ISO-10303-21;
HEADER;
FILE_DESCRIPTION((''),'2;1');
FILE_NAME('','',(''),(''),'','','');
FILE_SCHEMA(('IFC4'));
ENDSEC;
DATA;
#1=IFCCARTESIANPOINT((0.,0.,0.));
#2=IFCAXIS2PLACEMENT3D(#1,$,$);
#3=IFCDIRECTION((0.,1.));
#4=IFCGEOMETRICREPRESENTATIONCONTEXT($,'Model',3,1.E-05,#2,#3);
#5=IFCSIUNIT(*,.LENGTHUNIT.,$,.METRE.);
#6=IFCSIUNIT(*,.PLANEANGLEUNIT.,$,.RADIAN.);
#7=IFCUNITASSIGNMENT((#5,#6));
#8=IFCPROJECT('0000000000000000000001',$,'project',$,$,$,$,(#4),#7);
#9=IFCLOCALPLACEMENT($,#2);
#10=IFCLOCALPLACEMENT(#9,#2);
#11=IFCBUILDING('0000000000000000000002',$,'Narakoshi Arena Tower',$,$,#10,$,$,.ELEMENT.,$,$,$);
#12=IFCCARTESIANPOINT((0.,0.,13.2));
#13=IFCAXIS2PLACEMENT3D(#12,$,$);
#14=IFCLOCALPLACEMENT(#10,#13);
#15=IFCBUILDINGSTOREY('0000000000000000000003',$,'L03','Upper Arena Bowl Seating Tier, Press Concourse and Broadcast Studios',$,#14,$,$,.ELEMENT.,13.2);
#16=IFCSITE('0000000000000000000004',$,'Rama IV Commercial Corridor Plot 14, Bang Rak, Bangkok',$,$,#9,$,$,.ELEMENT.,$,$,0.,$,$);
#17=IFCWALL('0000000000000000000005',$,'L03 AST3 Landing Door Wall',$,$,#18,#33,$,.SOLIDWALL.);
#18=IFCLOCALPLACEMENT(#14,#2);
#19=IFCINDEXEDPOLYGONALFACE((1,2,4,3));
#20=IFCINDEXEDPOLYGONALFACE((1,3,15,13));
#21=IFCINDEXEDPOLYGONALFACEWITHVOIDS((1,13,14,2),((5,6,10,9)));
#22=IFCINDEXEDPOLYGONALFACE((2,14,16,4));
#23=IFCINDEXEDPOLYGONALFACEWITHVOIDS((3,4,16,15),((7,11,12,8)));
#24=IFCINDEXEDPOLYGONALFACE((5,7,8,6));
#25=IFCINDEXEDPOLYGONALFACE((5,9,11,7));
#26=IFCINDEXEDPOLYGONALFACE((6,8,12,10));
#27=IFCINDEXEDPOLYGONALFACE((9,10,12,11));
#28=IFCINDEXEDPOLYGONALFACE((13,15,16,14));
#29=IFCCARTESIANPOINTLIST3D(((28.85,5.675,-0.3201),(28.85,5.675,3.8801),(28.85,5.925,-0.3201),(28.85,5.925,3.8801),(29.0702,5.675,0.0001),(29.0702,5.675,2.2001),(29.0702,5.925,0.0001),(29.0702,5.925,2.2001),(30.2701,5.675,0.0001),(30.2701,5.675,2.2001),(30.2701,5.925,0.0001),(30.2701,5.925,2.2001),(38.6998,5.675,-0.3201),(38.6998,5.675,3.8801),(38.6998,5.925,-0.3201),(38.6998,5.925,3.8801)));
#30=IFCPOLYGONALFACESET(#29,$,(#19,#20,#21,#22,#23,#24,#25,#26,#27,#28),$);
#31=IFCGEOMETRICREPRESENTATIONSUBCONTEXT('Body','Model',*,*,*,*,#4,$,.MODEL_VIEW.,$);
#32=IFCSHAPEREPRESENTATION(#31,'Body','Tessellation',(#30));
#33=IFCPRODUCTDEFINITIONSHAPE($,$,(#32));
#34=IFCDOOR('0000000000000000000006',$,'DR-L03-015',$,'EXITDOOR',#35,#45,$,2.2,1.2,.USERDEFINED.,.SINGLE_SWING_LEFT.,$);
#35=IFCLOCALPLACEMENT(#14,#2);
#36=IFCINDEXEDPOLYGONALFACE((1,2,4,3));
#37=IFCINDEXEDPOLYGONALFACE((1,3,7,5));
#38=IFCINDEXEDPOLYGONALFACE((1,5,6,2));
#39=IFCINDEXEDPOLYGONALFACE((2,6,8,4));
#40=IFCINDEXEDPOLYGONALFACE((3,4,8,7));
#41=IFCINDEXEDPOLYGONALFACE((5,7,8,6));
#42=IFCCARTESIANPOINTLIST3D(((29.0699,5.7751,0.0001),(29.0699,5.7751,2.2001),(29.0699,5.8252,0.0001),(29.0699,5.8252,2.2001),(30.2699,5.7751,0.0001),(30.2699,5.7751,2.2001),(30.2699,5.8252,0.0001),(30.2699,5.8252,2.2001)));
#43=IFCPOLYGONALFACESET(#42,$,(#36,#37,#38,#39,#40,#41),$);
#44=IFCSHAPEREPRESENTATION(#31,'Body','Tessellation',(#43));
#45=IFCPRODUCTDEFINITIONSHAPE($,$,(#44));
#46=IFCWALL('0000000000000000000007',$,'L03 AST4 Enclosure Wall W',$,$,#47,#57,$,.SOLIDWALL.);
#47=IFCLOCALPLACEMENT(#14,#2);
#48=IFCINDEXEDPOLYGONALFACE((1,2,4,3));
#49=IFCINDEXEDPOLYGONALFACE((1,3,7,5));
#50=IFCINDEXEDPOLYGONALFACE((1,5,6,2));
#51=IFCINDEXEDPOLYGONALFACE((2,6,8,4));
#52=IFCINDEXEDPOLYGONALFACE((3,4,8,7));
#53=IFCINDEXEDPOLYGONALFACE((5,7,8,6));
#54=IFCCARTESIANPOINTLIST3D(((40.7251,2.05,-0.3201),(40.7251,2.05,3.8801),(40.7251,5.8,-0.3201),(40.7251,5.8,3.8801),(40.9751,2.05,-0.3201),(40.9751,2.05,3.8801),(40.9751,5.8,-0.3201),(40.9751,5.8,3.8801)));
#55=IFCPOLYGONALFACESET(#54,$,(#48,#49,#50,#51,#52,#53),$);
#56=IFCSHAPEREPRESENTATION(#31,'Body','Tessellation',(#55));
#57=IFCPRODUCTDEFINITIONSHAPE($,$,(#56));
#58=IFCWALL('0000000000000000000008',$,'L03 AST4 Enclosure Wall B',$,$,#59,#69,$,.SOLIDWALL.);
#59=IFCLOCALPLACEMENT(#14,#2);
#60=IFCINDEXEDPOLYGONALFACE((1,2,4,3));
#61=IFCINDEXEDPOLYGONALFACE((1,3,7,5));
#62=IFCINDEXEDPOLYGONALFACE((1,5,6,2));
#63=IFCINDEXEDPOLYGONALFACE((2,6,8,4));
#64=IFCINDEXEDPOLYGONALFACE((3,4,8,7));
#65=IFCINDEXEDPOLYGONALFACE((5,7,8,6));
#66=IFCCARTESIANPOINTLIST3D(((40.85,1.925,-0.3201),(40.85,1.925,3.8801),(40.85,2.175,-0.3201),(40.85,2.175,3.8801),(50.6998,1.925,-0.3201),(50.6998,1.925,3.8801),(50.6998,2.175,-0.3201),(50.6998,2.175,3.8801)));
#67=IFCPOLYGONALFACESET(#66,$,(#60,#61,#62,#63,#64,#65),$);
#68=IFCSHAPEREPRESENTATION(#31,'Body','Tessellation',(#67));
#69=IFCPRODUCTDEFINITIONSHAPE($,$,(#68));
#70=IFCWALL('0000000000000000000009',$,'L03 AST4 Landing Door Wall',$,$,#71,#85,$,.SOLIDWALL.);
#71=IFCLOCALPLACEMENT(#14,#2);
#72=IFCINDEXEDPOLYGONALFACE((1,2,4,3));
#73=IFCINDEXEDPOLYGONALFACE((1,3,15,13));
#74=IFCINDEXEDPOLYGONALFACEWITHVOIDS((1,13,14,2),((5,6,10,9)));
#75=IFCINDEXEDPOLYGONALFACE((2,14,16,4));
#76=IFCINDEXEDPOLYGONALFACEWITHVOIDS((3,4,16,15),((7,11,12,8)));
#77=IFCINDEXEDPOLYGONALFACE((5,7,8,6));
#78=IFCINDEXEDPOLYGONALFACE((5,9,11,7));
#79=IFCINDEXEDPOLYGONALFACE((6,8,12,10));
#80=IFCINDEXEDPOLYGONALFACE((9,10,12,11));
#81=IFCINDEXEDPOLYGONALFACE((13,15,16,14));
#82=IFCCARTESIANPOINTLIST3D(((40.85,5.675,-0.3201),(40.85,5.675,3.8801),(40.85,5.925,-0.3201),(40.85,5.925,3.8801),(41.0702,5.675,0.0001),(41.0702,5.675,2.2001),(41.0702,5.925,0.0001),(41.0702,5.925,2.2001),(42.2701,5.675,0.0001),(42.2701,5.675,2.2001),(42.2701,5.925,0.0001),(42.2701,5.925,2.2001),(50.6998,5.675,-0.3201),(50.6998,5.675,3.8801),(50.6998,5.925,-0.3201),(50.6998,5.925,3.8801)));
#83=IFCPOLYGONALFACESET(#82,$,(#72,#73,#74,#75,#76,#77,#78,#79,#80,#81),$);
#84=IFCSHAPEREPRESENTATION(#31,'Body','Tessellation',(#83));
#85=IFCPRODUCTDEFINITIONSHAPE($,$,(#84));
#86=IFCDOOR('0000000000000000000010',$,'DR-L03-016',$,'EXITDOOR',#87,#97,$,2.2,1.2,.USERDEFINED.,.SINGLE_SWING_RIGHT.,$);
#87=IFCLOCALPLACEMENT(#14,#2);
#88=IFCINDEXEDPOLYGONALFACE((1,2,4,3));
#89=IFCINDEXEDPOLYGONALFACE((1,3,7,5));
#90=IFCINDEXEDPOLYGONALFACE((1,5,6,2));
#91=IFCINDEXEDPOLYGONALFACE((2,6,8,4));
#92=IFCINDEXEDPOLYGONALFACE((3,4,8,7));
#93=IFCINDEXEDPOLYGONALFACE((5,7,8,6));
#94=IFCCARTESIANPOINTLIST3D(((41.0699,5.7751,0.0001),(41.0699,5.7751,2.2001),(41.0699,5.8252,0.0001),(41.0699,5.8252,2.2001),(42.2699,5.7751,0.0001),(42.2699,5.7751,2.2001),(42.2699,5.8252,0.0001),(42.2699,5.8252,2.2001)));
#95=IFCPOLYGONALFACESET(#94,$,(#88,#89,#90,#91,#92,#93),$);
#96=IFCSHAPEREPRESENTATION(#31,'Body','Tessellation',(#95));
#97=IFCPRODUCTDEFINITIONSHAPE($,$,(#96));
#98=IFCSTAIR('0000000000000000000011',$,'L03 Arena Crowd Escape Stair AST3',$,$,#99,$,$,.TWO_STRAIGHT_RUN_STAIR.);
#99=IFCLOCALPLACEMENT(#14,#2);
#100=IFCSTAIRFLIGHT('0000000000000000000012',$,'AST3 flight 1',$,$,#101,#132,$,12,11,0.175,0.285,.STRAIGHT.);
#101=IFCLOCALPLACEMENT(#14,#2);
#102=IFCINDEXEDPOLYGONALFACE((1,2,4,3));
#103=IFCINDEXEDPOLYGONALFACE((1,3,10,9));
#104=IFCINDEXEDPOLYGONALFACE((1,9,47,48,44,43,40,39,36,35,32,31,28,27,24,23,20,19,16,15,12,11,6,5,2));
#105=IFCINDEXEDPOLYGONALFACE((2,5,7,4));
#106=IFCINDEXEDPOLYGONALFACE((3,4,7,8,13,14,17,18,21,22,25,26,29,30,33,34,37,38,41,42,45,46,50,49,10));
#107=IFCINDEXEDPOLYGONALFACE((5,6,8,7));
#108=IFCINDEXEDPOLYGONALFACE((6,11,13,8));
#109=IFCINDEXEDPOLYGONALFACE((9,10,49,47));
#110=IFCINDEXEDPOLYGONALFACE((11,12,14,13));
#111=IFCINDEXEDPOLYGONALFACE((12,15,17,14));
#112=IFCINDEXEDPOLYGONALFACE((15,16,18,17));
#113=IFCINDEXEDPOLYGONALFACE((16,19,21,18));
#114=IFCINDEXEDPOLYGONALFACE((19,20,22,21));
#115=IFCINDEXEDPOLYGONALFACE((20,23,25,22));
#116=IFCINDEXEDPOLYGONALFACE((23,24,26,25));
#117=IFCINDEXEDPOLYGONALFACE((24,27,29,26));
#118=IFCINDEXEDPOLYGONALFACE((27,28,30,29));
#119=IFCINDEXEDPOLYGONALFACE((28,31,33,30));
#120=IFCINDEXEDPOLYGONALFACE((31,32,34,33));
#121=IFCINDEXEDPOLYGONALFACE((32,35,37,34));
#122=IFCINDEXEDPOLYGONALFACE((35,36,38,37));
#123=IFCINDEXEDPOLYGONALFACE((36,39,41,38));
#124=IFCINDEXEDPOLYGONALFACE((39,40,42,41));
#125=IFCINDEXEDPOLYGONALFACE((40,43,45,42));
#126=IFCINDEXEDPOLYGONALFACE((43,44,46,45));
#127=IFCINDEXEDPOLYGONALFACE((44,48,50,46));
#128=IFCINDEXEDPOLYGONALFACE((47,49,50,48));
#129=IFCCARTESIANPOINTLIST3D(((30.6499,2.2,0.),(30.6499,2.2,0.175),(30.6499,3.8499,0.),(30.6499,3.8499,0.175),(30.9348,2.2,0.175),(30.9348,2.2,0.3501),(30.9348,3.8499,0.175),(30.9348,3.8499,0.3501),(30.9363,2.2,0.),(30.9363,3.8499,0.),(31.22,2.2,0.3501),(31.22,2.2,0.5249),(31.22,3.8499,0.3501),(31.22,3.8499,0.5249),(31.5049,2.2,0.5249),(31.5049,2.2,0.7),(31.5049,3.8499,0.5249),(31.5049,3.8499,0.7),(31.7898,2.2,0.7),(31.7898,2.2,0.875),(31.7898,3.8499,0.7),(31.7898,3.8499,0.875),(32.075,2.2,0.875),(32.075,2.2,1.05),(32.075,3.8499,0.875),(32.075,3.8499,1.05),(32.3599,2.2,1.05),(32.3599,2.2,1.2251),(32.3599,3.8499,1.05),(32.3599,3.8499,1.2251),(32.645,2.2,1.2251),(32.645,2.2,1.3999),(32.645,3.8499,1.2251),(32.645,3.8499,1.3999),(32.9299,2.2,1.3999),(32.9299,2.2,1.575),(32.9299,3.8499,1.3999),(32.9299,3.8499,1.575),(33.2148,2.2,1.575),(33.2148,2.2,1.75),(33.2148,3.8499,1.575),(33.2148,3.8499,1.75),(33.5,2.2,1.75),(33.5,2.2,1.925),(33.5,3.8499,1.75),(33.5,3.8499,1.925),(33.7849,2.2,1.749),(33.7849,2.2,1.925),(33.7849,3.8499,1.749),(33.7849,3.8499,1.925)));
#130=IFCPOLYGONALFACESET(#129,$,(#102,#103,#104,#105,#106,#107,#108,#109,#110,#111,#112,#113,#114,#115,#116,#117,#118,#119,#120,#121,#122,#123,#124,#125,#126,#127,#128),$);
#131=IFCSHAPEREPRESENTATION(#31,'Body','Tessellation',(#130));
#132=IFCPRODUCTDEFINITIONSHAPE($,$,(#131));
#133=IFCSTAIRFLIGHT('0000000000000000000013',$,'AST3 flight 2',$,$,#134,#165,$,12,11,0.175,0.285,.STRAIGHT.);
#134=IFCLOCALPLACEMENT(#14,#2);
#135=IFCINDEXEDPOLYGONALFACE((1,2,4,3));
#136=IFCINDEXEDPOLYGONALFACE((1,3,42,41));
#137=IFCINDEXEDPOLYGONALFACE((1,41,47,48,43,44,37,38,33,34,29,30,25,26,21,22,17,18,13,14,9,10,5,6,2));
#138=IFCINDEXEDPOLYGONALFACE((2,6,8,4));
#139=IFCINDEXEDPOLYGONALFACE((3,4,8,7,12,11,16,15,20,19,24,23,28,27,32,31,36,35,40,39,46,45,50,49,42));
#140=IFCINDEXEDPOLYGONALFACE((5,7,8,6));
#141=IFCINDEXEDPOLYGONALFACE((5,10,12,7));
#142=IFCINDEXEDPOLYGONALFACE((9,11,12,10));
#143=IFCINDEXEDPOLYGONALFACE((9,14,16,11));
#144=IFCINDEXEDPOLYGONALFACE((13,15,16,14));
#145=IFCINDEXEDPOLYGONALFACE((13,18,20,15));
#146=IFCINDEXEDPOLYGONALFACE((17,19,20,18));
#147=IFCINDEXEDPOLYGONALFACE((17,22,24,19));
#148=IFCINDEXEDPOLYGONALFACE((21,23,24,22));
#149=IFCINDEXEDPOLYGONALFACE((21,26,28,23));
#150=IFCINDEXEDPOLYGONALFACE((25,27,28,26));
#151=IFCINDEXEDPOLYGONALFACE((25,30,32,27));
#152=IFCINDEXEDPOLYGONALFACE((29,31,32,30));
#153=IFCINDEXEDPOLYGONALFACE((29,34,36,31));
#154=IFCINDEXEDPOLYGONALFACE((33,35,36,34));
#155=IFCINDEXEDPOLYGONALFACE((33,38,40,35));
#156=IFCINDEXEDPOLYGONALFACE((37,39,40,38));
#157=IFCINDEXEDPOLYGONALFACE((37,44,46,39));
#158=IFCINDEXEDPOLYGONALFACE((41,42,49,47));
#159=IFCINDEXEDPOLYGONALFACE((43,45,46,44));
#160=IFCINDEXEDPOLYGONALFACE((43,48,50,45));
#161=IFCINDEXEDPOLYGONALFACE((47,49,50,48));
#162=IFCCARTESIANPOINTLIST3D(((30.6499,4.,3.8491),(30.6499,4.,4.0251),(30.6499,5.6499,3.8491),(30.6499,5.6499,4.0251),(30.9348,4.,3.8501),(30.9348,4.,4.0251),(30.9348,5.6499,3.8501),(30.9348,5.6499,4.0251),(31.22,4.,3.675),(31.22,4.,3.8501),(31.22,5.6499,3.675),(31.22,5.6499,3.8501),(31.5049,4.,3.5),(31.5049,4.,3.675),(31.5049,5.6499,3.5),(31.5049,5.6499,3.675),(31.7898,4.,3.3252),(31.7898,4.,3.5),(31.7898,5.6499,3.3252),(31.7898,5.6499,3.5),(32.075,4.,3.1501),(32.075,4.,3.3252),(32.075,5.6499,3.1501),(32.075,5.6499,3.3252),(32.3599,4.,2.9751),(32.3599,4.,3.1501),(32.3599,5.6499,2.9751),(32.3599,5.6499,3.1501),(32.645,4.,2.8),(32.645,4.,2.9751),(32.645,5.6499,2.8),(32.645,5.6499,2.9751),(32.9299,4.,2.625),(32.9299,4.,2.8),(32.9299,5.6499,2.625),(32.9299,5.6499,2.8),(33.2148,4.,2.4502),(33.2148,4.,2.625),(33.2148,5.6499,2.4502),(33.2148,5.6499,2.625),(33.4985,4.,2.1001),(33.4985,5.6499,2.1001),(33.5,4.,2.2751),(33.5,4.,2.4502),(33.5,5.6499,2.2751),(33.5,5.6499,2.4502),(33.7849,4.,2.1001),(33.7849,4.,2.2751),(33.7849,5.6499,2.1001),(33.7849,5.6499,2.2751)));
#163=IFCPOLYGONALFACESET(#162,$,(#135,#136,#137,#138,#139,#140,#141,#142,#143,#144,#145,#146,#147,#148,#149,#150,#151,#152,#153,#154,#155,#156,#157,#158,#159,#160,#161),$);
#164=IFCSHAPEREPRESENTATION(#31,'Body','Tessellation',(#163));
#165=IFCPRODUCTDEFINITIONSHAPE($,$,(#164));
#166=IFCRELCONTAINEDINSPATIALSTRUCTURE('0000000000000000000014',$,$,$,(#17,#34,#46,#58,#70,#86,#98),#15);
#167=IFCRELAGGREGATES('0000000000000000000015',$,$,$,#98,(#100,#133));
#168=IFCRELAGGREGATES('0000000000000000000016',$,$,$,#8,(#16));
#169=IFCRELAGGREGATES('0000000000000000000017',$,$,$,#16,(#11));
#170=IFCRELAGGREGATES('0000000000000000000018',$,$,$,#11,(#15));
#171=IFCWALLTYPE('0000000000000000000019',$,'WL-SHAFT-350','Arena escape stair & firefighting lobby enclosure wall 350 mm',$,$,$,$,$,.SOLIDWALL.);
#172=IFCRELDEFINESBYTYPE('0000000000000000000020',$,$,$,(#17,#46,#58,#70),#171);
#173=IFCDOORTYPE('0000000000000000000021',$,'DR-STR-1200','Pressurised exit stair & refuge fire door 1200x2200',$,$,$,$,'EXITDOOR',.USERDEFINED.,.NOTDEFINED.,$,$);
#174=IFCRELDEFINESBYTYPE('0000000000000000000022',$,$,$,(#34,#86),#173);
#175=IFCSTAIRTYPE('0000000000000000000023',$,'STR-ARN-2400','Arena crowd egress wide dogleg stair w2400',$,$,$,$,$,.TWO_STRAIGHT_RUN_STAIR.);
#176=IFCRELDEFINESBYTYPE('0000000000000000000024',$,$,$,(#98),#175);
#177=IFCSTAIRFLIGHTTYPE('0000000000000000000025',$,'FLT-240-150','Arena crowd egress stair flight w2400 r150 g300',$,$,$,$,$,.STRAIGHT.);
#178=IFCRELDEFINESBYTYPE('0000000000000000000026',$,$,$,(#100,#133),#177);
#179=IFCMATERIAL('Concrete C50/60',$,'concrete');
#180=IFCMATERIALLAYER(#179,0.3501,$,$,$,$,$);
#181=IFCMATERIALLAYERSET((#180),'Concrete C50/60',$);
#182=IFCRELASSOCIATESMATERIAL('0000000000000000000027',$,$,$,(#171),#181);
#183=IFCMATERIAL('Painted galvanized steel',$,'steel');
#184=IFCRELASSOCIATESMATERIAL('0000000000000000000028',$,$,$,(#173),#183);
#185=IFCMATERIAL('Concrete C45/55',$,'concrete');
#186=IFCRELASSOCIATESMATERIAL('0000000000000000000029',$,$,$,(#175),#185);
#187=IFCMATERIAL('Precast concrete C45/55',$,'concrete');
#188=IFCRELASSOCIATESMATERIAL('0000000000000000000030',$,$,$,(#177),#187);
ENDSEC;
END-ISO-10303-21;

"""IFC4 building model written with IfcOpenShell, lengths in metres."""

from ifc_helpers import new_model, si_unit, direction, frame, frame_2d, origin, place, context, subcontext, project, spatial, polyline, rectangle, outline, extrude, material, layer, layer_set, type_object, element, fill, aggregate, save


model = new_model("IFC4")

# Units and contexts
model_context = context("Model", 3, precision=1e-05, world=origin(), true_north=direction((0.0, 1.0)))
body_context = subcontext(model_context, "Body", "Model", "MODEL_VIEW")
ifc_project = project(units=[si_unit("LENGTHUNIT", "METRE"), si_unit("PLANEANGLEUNIT", "RADIAN")], contexts=[model_context])

# Site, building, storey
site_placement = place(None, origin())
site = spatial("IfcSite", under=ifc_project, at=site_placement, Name="Rama IV Commercial Corridor Plot 14, Bang Rak, Bangkok", CompositionType="ELEMENT", RefElevation=0.0)
building_placement = place(site_placement, origin())
building = spatial("IfcBuilding", under=site, at=building_placement, Name="Narakoshi Arena Tower", CompositionType="ELEMENT")
storey_placement = place(building_placement, frame((0.0, 0.0, 13.2)))
storey = spatial("IfcBuildingStorey", under=building, at=storey_placement, Name="L03", Description="Upper Arena Bowl Seating Tier, Press Concourse and Broadcast Studios", CompositionType="ELEMENT", Elevation=13.2)

# Shared definitions
ifc_material_1 = material(Name="Painted galvanized steel", Category="steel")

# Shared definitions
ifc_material_2 = material(Name="Concrete C50/60", Category="concrete")
ifc_layer_1 = layer(ifc_material_2, 0.3501)
ifc_layer_set_1 = layer_set([ifc_layer_1], Name="Concrete C50/60")
wall_type_1 = type_object("IfcWallType", Name="WL-SHAFT-350", Description="Arena escape stair & firefighting lobby enclosure wall 350 mm", PredefinedType="SOLIDWALL", material=ifc_layer_set_1)

# Wall, opening, door
wall_1_placement = place(storey_placement, frame((28.8501, 5.8, -0.3201), z_axis=(0.0, 0.0, 1.0), x_axis=(1.0, 0.0, 0.0)))
wall_1 = element("IfcWall", 1, at=wall_1_placement, inside=storey, type_object=wall_type_1, Name="L03 AST3 Landing Door Wall", PredefinedType="SOLIDWALL", context=body_context, shape_type="SweptSolid", body=[
    extrude(rectangle(XDim=9.8499, YDim=0.25, at=frame_2d((4.9248, 0.0))), origin(), (0.0, 0.0, 1.0), 4.2002),
])
opening_1_placement = place(wall_1_placement, frame((0.22, 0.0, 0.3201)))
opening_1 = element("IfcOpeningElement", 2, at=opening_1_placement, cuts=wall_1, PredefinedType="OPENING", context=body_context, shape_type="SweptSolid", body=[
    extrude(rectangle(XDim=1.2, YDim=2.2, at=frame_2d((0.6001, 1.1001))), frame((0.0, 0.135, 0.0), z_axis=(0.0, -1.0, 0.0), x_axis=(1.0, 0.0, 0.0)), (0.0, 0.0, 1.0), 0.27),
])
door_type_1 = type_object("IfcDoorType", Name="DR-STR-1200", Description="Pressurised exit stair & refuge fire door 1200x2200", ElementType="EXITDOOR", OperationType="NOTDEFINED", PredefinedType="USERDEFINED", material=ifc_material_1)
door_1_placement = place(opening_1_placement, frame((1.2, 0.0, 0.0), z_axis=(0.0, 0.0, 1.0), x_axis=(-1.0, 0.0, 0.0)))
door_1 = element("IfcDoor", 3, at=door_1_placement, inside=storey, type_object=door_type_1, Name="DR-L03-015", ObjectType="EXITDOOR", OperationType="SINGLE_SWING_LEFT", OverallHeight=2.2, OverallWidth=1.2, PredefinedType="USERDEFINED", context=body_context, shape_type="SweptSolid", body=[
    extrude(rectangle(XDim=1.2, YDim=2.2, at=frame_2d((0.6001, 1.1001))), frame((0.0, 0.0249, 0.0), z_axis=(0.0, -1.0, 0.0), x_axis=(1.0, 0.0, 0.0)), (0.0, 0.0, 1.0), 0.05),
])
fill(opening_1, door_1)

# Walls
wall_2_placement = place(storey_placement, frame((40.8501, 2.05, -0.3201), z_axis=(0.0, 0.0, 1.0), x_axis=(0.0, 1.0, 0.0)))
element("IfcWall", 4, at=wall_2_placement, inside=storey, type_object=wall_type_1, Name="L03 AST4 Enclosure Wall W", PredefinedType="SOLIDWALL", context=body_context, shape_type="SweptSolid", body=[
    extrude(rectangle(XDim=3.75, YDim=0.25, at=frame_2d((1.875, 0.0))), origin(), (0.0, 0.0, 1.0), 4.2002),
])
wall_3_placement = place(storey_placement, frame((40.8501, 2.05, -0.3201), z_axis=(0.0, 0.0, 1.0), x_axis=(1.0, 0.0, 0.0)))
element("IfcWall", 5, at=wall_3_placement, inside=storey, type_object=wall_type_1, Name="L03 AST4 Enclosure Wall B", PredefinedType="SOLIDWALL", context=body_context, shape_type="SweptSolid", body=[
    extrude(rectangle(XDim=9.8499, YDim=0.25, at=frame_2d((4.9248, 0.0))), origin(), (0.0, 0.0, 1.0), 4.2002),
])

# Wall, opening, door
wall_4_placement = place(storey_placement, frame((40.8501, 5.8, -0.3201), z_axis=(0.0, 0.0, 1.0), x_axis=(1.0, 0.0, 0.0)))
wall_4 = element("IfcWall", 6, at=wall_4_placement, inside=storey, type_object=wall_type_1, Name="L03 AST4 Landing Door Wall", PredefinedType="SOLIDWALL", context=body_context, shape_type="SweptSolid", body=[
    extrude(rectangle(XDim=9.8499, YDim=0.25, at=frame_2d((4.9248, 0.0))), origin(), (0.0, 0.0, 1.0), 4.2002),
])
opening_2_placement = place(wall_4_placement, frame((0.22, 0.0, 0.3201)))
opening_2 = element("IfcOpeningElement", 7, at=opening_2_placement, cuts=wall_4, PredefinedType="OPENING", context=body_context, shape_type="SweptSolid", body=[
    extrude(rectangle(XDim=1.2, YDim=2.2, at=frame_2d((0.6001, 1.1001))), frame((0.0, 0.135, 0.0), z_axis=(0.0, -1.0, 0.0), x_axis=(1.0, 0.0, 0.0)), (0.0, 0.0, 1.0), 0.27),
])
door_2_placement = place(opening_2_placement, frame((1.2, 0.0, 0.0), z_axis=(0.0, 0.0, 1.0), x_axis=(-1.0, 0.0, 0.0)))
door_2 = element("IfcDoor", 8, at=door_2_placement, inside=storey, type_object=door_type_1, Name="DR-L03-016", ObjectType="EXITDOOR", OperationType="SINGLE_SWING_RIGHT", OverallHeight=2.2, OverallWidth=1.2, PredefinedType="USERDEFINED", context=body_context, shape_type="SweptSolid", body=[
    extrude(rectangle(XDim=1.2, YDim=2.2, at=frame_2d((0.6001, 1.1001))), frame((0.0, 0.0249, 0.0), z_axis=(0.0, -1.0, 0.0), x_axis=(1.0, 0.0, 0.0)), (0.0, 0.0, 1.0), 0.05),
])
fill(opening_2, door_2)

# Stair, stair flights
ifc_material_3 = material(Name="Concrete C45/55", Category="concrete")
stair_type = type_object("IfcStairType", Name="STR-ARN-2400", Description="Arena crowd egress wide dogleg stair w2400", PredefinedType="TWO_STRAIGHT_RUN_STAIR", material=ifc_material_3)
stair_1_placement = place(storey_placement, origin())
stair_1 = element("IfcStair", 9, at=stair_1_placement, inside=storey, type_object=stair_type, Name="L03 Arena Crowd Escape Stair AST3", PredefinedType="TWO_STRAIGHT_RUN_STAIR")
ifc_material_4 = material(Name="Precast concrete C45/55", Category="concrete")
stair_flight_type = type_object("IfcStairFlightType", Name="FLT-240-150", Description="Arena crowd egress stair flight w2400 r150 g300", PredefinedType="STRAIGHT", material=ifc_material_4)
stair_flight_1_placement = place(storey_placement, frame((30.6499, 3.0249, 0.0), z_axis=(0.0, 0.0, 1.0), x_axis=(1.0, 0.0, 0.0)))
stair_flight_1 = element("IfcStairFlight", 10, at=stair_flight_1_placement, type_object=stair_flight_type, Name="AST3 flight 1", NumberOfRisers=12, NumberOfTreads=11, PredefinedType="STRAIGHT", RiserHeight=0.175, TreadLength=0.285, context=body_context, shape_type="SweptSolid", body=[
    extrude(outline(polyline([(0.0, 0.0), (0.0, 0.175), (0.2849, 0.175), (0.2849, 0.3501), (0.5701, 0.3501), (0.5701, 0.5249), (0.855, 0.5249), (0.855, 0.7), (1.1399, 0.7), (1.1399, 0.875), (1.425, 0.875), (1.425, 1.05), (1.71, 1.05), (1.71, 1.2251), (1.9951, 1.2251), (1.9951, 1.3999), (2.28, 1.3999), (2.28, 1.575), (2.5649, 1.575), (2.5649, 1.75), (2.8501, 1.75), (2.8501, 1.925), (3.135, 1.925), (3.135, 2.1001), (3.135, 1.749), (0.2864, 0.0), (0.0, 0.0)])), frame((0.0, 0.825, 0.0), z_axis=(0.0, -1.0, 0.0), x_axis=(1.0, 0.0, 0.0)), (0.0, 0.0, 1.0), 1.6499),
])
stair_flight_2_placement = place(storey_placement, frame((33.7849, 4.825, 2.1001), z_axis=(0.0, 0.0, 1.0), x_axis=(-1.0, 0.0, 0.0)))
stair_flight_2 = element("IfcStairFlight", 11, at=stair_flight_2_placement, type_object=stair_flight_type, Name="AST3 flight 2", NumberOfRisers=12, NumberOfTreads=11, PredefinedType="STRAIGHT", RiserHeight=0.175, TreadLength=0.285, context=body_context, shape_type="SweptSolid", body=[
    extrude(outline(polyline([(0.0, 0.0), (0.0, 0.175), (0.2849, 0.175), (0.2849, 0.3501), (0.5701, 0.3501), (0.5701, 0.5249), (0.855, 0.5249), (0.855, 0.7), (1.1399, 0.7), (1.1399, 0.875), (1.425, 0.875), (1.425, 1.05), (1.71, 1.05), (1.71, 1.2251), (1.9951, 1.2251), (1.9951, 1.3999), (2.28, 1.3999), (2.28, 1.575), (2.5649, 1.575), (2.5649, 1.75), (2.8501, 1.75), (2.8501, 1.925), (3.135, 1.925), (3.135, 2.1001), (3.135, 1.749), (0.2864, 0.0), (0.0, 0.0)])), frame((0.0, 0.825, 0.0), z_axis=(0.0, -1.0, 0.0), x_axis=(1.0, 0.0, 0.0)), (0.0, 0.0, 1.0), 1.6499),
])
aggregate(stair_1, [stair_flight_1, stair_flight_2])

save(model, "model.ifc")
